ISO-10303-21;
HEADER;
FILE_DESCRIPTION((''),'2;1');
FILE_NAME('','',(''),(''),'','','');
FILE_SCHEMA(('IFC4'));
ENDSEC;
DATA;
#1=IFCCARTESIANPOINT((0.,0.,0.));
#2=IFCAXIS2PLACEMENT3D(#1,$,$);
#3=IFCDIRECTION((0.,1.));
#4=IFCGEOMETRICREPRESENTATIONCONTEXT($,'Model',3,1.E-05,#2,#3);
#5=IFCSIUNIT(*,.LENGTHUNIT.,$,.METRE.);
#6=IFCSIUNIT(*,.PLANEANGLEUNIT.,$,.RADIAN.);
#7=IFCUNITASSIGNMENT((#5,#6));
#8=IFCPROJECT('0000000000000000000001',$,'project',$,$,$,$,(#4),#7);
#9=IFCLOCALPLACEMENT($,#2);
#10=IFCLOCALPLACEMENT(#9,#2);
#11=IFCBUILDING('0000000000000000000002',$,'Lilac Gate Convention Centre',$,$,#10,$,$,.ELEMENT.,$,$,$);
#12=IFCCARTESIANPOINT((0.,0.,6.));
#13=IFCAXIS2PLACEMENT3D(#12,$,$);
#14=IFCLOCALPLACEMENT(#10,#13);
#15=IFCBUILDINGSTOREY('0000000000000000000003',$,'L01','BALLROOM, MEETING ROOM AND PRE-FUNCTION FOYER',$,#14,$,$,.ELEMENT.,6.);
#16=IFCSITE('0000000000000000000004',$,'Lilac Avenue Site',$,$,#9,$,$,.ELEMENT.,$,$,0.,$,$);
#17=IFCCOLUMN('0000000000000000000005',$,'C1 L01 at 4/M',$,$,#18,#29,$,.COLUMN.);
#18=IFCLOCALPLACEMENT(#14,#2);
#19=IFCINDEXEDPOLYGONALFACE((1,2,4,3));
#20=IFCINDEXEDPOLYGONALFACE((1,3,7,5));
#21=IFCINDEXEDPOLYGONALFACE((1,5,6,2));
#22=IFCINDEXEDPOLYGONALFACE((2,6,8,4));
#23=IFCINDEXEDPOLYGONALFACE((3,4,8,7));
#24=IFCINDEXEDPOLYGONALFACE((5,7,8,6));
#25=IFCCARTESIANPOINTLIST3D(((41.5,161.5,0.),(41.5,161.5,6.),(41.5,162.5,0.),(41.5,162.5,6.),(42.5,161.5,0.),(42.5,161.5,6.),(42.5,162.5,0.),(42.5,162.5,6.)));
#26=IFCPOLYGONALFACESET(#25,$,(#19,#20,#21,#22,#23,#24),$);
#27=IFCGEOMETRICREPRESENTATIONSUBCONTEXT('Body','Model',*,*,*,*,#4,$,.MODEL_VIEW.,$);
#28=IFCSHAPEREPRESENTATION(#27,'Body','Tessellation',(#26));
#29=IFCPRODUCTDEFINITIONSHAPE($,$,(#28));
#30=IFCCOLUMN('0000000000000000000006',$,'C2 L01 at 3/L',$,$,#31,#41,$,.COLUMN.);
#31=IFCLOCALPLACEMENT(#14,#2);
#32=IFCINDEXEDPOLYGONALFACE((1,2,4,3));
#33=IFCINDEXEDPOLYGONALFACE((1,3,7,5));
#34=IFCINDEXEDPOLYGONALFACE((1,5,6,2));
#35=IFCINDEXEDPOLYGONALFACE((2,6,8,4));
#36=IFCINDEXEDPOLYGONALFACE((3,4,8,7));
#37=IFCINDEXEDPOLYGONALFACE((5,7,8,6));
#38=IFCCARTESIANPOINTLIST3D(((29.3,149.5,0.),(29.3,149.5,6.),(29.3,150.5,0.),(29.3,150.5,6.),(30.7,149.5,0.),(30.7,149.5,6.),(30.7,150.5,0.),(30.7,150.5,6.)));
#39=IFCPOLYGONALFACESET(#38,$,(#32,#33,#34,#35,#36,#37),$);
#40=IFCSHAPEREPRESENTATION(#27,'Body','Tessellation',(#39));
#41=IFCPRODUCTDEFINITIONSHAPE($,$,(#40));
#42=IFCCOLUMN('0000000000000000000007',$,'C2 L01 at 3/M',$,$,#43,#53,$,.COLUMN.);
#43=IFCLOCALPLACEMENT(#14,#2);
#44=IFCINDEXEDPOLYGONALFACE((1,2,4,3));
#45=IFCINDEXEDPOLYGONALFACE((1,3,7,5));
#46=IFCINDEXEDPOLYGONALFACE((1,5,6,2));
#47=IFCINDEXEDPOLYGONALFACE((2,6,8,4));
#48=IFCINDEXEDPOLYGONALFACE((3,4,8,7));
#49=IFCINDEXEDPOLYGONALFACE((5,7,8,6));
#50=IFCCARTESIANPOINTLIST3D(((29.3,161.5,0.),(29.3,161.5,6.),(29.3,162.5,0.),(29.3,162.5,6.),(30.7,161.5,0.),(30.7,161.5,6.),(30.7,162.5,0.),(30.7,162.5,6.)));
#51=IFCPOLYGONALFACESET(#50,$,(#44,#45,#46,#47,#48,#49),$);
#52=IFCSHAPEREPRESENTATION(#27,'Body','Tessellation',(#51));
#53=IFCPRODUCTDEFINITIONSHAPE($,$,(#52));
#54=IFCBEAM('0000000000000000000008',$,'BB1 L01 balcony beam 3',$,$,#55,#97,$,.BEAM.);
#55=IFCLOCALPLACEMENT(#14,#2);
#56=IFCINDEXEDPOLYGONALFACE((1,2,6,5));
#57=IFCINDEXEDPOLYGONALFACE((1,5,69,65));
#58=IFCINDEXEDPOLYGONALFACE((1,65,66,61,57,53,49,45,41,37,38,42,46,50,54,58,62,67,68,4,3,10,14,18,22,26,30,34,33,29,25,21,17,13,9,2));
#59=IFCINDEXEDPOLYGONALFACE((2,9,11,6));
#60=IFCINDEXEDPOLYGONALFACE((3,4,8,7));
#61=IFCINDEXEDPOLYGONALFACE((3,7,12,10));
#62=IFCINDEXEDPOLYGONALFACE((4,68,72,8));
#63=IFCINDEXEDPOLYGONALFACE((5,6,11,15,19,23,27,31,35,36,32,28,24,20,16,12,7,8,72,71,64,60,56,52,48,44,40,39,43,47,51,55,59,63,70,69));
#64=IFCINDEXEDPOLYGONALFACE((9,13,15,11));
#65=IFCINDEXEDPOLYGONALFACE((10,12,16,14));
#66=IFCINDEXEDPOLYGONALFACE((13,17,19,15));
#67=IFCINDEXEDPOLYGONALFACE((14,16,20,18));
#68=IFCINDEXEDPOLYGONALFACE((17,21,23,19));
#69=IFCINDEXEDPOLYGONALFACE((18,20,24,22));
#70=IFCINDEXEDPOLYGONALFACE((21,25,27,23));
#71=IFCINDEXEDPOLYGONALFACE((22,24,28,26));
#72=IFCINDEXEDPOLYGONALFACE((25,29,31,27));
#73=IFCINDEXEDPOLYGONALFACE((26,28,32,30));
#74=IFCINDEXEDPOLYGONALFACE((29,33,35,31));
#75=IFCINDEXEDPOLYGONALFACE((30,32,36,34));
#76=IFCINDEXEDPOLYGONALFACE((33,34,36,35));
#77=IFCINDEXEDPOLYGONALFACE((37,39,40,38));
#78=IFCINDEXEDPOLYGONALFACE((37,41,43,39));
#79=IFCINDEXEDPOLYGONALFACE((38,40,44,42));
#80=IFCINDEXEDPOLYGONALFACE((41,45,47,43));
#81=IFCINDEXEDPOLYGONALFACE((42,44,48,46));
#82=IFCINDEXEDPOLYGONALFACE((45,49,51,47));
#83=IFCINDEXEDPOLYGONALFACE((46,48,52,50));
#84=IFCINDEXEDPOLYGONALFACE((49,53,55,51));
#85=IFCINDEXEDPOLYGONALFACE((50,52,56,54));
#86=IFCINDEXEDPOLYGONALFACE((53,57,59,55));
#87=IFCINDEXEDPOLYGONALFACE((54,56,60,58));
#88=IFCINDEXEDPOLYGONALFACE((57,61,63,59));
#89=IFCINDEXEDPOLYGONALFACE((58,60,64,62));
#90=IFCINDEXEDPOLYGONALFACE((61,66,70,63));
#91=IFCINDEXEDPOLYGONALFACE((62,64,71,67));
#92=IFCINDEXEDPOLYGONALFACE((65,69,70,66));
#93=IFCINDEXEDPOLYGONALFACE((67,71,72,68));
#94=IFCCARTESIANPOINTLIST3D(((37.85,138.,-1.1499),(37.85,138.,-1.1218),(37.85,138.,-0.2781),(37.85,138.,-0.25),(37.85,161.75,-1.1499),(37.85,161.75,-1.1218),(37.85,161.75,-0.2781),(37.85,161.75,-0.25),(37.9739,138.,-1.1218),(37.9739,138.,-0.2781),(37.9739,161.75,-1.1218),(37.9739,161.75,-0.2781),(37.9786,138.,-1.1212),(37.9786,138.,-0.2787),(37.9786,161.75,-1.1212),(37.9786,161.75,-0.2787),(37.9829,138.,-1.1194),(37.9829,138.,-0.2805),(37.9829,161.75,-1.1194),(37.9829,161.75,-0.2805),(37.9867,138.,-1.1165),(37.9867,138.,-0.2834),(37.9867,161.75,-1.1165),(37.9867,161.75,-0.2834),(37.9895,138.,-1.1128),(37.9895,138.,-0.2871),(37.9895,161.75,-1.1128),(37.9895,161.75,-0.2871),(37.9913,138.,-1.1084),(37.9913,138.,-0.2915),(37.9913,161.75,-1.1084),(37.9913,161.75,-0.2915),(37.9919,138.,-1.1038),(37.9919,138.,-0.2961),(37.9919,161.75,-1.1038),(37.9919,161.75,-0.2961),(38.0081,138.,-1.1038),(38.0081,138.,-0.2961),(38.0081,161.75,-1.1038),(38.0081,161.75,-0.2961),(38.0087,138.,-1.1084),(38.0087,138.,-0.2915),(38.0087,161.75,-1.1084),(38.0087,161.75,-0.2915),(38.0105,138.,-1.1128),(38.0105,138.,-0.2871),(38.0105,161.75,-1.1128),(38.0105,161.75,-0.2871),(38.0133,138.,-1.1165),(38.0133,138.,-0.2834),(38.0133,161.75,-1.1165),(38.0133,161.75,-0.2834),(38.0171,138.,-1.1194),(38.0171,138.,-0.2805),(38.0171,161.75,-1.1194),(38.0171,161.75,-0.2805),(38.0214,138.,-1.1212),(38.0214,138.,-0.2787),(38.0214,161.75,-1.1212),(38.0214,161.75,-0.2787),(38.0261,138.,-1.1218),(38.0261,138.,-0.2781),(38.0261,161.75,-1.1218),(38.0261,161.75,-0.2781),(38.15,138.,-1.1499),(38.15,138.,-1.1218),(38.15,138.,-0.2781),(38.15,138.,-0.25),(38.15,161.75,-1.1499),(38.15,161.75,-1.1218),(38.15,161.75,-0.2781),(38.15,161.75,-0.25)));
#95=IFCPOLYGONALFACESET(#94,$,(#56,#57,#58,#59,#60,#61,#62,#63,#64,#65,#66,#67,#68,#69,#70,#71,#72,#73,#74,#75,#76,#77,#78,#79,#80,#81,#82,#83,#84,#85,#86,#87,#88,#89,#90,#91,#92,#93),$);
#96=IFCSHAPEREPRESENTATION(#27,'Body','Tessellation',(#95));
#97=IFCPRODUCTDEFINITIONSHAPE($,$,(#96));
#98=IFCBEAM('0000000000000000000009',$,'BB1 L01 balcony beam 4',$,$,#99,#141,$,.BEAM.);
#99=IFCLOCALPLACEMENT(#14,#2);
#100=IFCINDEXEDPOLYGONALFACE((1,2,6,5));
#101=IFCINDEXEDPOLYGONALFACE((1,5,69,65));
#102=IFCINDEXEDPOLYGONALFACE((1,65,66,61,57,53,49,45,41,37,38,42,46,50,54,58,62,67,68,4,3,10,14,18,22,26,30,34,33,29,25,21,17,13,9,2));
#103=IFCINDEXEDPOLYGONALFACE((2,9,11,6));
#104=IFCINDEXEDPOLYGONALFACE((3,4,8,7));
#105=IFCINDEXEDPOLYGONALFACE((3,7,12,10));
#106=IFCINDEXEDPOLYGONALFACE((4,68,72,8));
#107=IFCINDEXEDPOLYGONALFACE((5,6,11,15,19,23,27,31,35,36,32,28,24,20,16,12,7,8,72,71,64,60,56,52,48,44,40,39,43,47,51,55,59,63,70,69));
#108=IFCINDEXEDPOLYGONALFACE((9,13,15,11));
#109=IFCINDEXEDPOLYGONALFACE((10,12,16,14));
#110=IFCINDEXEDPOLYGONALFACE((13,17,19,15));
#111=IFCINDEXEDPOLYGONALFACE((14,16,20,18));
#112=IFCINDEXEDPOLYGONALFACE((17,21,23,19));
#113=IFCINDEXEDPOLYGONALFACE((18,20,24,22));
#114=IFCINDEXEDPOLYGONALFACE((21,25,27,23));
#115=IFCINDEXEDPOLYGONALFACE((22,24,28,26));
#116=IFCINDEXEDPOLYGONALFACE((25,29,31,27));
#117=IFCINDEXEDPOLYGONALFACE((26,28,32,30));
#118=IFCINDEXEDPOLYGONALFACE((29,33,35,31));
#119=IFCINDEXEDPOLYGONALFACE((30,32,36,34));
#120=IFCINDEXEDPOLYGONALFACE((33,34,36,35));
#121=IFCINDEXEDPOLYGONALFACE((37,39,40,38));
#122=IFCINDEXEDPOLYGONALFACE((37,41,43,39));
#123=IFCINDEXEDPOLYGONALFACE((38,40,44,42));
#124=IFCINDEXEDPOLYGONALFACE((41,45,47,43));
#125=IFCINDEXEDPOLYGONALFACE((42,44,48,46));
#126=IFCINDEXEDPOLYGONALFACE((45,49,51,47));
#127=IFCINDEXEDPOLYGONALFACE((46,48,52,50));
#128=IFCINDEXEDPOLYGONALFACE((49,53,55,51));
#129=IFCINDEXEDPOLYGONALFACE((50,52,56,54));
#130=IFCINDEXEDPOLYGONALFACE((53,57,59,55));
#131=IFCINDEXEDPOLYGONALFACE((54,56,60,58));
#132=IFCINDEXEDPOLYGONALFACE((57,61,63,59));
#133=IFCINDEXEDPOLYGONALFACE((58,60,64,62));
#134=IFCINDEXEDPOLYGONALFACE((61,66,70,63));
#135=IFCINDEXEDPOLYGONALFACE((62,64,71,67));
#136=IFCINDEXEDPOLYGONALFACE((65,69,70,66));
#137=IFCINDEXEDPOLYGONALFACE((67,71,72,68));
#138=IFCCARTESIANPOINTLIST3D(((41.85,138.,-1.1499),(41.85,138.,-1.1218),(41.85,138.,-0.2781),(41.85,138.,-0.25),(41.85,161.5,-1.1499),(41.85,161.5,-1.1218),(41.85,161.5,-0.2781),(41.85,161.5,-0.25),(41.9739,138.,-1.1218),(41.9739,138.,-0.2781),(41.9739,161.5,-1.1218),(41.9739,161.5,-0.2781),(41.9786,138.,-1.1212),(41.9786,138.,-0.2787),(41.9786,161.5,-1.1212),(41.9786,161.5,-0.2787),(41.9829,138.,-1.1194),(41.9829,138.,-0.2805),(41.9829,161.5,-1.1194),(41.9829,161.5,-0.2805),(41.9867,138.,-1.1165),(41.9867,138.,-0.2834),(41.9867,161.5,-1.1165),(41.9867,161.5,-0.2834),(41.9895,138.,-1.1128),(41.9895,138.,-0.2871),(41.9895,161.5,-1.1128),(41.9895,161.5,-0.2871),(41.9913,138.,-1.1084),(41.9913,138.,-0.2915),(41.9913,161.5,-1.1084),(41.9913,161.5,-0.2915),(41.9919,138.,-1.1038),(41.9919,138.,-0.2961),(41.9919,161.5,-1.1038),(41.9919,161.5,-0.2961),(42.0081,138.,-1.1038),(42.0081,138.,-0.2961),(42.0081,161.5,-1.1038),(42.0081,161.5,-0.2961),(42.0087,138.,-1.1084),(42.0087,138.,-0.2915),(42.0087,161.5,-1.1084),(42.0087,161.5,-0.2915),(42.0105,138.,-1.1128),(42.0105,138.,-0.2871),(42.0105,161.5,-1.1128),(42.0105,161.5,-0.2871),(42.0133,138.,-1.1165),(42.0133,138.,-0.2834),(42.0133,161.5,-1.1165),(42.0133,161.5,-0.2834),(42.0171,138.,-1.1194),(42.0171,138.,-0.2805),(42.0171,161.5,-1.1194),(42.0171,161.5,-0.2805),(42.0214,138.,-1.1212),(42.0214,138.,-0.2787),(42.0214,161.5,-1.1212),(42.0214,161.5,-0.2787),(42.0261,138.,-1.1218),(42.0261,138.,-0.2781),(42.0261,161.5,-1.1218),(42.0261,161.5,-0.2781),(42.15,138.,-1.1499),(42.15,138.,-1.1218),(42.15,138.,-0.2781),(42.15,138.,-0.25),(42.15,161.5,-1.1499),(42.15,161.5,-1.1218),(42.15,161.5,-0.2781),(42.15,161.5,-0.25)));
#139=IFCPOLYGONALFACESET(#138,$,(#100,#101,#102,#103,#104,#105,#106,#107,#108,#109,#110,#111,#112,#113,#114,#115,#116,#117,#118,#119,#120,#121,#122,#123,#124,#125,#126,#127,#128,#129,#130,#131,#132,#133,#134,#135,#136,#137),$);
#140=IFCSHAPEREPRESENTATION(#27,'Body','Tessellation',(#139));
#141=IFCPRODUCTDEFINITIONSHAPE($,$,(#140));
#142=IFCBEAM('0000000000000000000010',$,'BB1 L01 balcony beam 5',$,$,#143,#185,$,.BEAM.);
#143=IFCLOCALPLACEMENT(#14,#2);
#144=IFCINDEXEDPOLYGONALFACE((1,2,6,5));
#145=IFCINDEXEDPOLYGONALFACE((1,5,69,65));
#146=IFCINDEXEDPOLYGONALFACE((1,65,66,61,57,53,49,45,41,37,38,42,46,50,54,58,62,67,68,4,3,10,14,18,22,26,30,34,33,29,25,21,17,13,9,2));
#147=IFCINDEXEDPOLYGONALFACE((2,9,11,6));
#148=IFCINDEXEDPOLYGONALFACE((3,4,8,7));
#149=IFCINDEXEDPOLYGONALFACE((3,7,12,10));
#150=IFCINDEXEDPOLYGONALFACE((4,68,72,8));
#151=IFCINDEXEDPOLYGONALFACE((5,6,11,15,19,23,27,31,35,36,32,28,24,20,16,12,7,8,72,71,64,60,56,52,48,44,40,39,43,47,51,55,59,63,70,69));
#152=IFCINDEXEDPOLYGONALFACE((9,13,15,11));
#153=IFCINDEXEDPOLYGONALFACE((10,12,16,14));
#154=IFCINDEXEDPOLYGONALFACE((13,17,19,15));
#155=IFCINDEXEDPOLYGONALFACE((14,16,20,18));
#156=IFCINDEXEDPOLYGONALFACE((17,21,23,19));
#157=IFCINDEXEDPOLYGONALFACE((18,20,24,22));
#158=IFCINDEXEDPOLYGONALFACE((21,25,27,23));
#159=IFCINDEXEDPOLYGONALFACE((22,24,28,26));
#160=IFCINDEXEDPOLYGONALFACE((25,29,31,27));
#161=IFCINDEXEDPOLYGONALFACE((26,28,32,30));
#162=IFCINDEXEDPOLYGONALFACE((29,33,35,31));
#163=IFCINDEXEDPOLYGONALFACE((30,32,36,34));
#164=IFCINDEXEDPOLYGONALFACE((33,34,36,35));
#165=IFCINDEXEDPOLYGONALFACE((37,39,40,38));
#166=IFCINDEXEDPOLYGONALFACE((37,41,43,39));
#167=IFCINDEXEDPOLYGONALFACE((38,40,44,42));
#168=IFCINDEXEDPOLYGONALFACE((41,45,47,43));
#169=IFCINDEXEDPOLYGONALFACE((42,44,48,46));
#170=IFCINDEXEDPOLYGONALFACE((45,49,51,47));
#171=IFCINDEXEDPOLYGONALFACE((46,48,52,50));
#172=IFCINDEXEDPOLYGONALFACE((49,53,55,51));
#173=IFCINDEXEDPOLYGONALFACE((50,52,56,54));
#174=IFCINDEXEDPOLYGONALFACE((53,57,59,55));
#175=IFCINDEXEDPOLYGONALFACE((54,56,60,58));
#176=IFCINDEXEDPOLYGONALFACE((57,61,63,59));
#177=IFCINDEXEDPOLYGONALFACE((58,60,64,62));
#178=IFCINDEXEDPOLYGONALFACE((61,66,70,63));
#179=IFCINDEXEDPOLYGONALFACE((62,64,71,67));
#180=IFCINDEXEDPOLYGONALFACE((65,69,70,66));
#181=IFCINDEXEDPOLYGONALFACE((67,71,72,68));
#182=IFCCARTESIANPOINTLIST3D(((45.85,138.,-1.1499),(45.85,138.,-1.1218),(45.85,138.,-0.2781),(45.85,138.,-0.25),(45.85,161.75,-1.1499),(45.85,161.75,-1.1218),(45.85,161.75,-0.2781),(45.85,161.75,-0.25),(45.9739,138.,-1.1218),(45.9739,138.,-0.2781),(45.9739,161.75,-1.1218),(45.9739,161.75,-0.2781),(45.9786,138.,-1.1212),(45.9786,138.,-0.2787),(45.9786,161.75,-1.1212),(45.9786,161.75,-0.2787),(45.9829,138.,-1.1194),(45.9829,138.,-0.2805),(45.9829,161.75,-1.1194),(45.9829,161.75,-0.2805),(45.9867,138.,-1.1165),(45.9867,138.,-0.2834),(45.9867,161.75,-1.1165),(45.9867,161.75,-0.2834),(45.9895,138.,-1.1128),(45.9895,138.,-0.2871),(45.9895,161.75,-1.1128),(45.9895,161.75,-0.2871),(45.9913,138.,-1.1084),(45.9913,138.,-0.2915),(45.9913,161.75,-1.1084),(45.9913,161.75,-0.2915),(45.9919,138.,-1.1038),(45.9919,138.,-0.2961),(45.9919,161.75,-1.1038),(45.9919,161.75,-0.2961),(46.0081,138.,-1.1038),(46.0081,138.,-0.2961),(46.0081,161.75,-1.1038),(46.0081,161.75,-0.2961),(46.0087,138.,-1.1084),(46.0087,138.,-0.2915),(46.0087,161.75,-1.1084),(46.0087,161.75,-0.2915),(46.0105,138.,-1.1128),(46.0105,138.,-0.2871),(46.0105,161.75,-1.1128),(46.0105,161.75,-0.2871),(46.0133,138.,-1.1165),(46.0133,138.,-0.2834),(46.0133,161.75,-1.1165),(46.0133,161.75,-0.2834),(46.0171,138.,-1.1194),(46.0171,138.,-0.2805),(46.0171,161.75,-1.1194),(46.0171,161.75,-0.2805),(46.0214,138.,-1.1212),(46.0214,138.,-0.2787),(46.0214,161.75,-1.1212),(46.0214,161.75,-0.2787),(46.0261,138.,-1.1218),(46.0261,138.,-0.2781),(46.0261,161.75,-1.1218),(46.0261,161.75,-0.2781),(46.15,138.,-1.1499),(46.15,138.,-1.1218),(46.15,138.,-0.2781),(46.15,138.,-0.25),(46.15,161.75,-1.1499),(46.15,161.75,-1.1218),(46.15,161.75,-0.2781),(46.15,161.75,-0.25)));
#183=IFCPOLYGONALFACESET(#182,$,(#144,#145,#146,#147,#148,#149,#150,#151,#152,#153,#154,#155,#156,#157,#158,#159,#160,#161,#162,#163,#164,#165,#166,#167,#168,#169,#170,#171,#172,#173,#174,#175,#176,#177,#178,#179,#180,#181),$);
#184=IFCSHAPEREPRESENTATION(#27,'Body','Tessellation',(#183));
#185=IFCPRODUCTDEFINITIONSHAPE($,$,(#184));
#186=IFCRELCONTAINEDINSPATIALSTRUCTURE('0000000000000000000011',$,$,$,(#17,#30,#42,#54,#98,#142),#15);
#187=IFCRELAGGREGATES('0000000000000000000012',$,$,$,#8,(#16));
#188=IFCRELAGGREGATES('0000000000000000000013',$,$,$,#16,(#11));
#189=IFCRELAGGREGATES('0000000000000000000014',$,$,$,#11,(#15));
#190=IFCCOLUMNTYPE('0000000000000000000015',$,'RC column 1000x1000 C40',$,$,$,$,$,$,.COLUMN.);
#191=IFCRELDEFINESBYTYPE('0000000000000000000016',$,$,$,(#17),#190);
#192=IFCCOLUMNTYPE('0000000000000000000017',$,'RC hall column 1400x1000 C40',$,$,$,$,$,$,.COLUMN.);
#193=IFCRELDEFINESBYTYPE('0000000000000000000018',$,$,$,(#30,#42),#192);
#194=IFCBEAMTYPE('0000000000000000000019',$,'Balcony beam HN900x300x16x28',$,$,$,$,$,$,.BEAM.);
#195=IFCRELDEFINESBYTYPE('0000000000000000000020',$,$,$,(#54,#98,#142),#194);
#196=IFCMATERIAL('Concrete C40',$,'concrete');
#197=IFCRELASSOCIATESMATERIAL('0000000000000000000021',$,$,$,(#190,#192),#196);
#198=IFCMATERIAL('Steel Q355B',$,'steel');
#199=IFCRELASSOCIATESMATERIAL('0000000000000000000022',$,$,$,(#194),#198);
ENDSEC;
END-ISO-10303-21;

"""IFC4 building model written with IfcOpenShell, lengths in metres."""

from ifc_helpers import new_model, si_unit, direction, frame, origin, origin_2d, place, context, subcontext, project, spatial, rectangle, i_section, extrude, material, material_profile, profile_set, type_object, element, save


model = new_model("IFC4")

# Units and contexts
model_context = context("Model", 3, precision=1e-05, world=origin(), true_north=direction((0.0, 1.0)))
body_context = subcontext(model_context, "Body", "Model", "MODEL_VIEW")
ifc_project = project(units=[si_unit("LENGTHUNIT", "METRE"), si_unit("PLANEANGLEUNIT", "RADIAN")], contexts=[model_context])

# Site, building, storey
site_placement = place(None, origin())
site = spatial("IfcSite", under=ifc_project, at=site_placement, Name="Lilac Avenue Site", CompositionType="ELEMENT", RefElevation=0.0)
building_placement = place(site_placement, origin())
building = spatial("IfcBuilding", under=site, at=building_placement, Name="Lilac Gate Convention Centre", CompositionType="ELEMENT")
storey_placement = place(building_placement, frame((0.0, 0.0, 6.0)))
storey = spatial("IfcBuildingStorey", under=building, at=storey_placement, Name="L01", Description="BALLROOM, MEETING ROOM AND PRE-FUNCTION FOYER", CompositionType="ELEMENT", Elevation=6.0)

# Columns
ifc_material_1 = material(Name="Concrete C40", Category="concrete")
ifc_material_profile_1 = material_profile(ifc_material_1, rectangle(XDim=1.0, YDim=1.0, at=origin_2d()), Name="RC 1000x1000")
ifc_profile_set_1 = profile_set([ifc_material_profile_1], Name="Concrete C40")
column_type_1 = type_object("IfcColumnType", Name="RC column 1000x1000 C40", PredefinedType="COLUMN", material=ifc_profile_set_1)
column_placement = place(storey_placement, frame((42.0, 162.0, 0.0), z_axis=(0.0, 0.0, 1.0), x_axis=(1.0, 0.0, 0.0)))
element("IfcColumn", 1, at=column_placement, inside=storey, type_object=column_type_1, Name="C1 L01 at 4/M", PredefinedType="COLUMN", context=body_context, shape_type="SweptSolid", body=[
    extrude(rectangle(XDim=1.0, YDim=1.0, at=origin_2d()), origin(), (0.0, 0.0, 1.0), 6.0),
])
ifc_material_profile_2 = material_profile(ifc_material_1, rectangle(XDim=1.3999, YDim=1.0, at=origin_2d()), Name="RC 1400x1000")
ifc_profile_set_2 = profile_set([ifc_material_profile_2], Name="Concrete C40")
column_type_2 = type_object("IfcColumnType", Name="RC hall column 1400x1000 C40", PredefinedType="COLUMN", material=ifc_profile_set_2)
for number, where, z_axis, x_axis, name in (
    (2, (30.0, 150.0, 0.0), (0.0, 0.0, 1.0), (1.0, 0.0, 0.0), "C2 L01 at 3/L"),
    (3, (30.0, 162.0, 0.0), (0.0, 0.0, 1.0), (1.0, 0.0, 0.0), "C2 L01 at 3/M"),
):
    element("IfcColumn", number, at=place(storey_placement, frame(where, z_axis=z_axis, x_axis=x_axis)), inside=storey, type_object=column_type_2, Name=name, PredefinedType="COLUMN", context=body_context, shape_type="SweptSolid", body=[
        extrude(rectangle(XDim=1.3999, YDim=1.0, at=origin_2d()), origin(), (0.0, 0.0, 1.0), 6.0),
    ])

# Beams
ifc_material_2 = material(Name="Steel Q355B", Category="steel")
ifc_material_profile_3 = material_profile(ifc_material_2, i_section(OverallWidth=0.3, OverallDepth=0.8999, WebThickness=0.0161, FlangeThickness=0.0281, FilletRadius=0.0181, at=origin_2d()), Name="HN900x300x16x28")
ifc_profile_set_3 = profile_set([ifc_material_profile_3], Name="Steel Q355B")
beam_type_1 = type_object("IfcBeamType", Name="Balcony beam HN900x300x16x28", PredefinedType="BEAM", material=ifc_profile_set_3)
beam_1_placement = place(storey_placement, frame((38.0, 138.0, -0.7), z_axis=(0.0, 1.0, 0.0), x_axis=(-1.0, 0.0, 0.0)))
element("IfcBeam", 4, at=beam_1_placement, inside=storey, type_object=beam_type_1, Name="BB1 L01 balcony beam 3", PredefinedType="BEAM", context=body_context, shape_type="SweptSolid", body=[
    extrude(i_section(OverallWidth=0.3, OverallDepth=0.8999, WebThickness=0.0161, FlangeThickness=0.0281, FilletRadius=0.0181, at=origin_2d()), origin(), (0.0, 0.0, 1.0), 23.75),
])
beam_2_placement = place(storey_placement, frame((42.0, 138.0, -0.7), z_axis=(0.0, 1.0, 0.0), x_axis=(-1.0, 0.0, 0.0)))
element("IfcBeam", 5, at=beam_2_placement, inside=storey, type_object=beam_type_1, Name="BB1 L01 balcony beam 4", PredefinedType="BEAM", context=body_context, shape_type="SweptSolid", body=[
    extrude(i_section(OverallWidth=0.3, OverallDepth=0.8999, WebThickness=0.0161, FlangeThickness=0.0281, FilletRadius=0.0181, at=origin_2d()), origin(), (0.0, 0.0, 1.0), 23.5),
])
for number, where, z_axis, x_axis, name in (
    (6, (46.0, 138.0, -0.7), (0.0, 1.0, 0.0), (-1.0, 0.0, 0.0), "BB1 L01 balcony beam 5"),
):
    element("IfcBeam", number, at=place(storey_placement, frame(where, z_axis=z_axis, x_axis=x_axis)), inside=storey, type_object=beam_type_1, Name=name, PredefinedType="BEAM", context=body_context, shape_type="SweptSolid", body=[
        extrude(i_section(OverallWidth=0.3, OverallDepth=0.8999, WebThickness=0.0161, FlangeThickness=0.0281, FilletRadius=0.0181, at=origin_2d()), origin(), (0.0, 0.0, 1.0), 23.75),
    ])

save(model, "model.ifc")
